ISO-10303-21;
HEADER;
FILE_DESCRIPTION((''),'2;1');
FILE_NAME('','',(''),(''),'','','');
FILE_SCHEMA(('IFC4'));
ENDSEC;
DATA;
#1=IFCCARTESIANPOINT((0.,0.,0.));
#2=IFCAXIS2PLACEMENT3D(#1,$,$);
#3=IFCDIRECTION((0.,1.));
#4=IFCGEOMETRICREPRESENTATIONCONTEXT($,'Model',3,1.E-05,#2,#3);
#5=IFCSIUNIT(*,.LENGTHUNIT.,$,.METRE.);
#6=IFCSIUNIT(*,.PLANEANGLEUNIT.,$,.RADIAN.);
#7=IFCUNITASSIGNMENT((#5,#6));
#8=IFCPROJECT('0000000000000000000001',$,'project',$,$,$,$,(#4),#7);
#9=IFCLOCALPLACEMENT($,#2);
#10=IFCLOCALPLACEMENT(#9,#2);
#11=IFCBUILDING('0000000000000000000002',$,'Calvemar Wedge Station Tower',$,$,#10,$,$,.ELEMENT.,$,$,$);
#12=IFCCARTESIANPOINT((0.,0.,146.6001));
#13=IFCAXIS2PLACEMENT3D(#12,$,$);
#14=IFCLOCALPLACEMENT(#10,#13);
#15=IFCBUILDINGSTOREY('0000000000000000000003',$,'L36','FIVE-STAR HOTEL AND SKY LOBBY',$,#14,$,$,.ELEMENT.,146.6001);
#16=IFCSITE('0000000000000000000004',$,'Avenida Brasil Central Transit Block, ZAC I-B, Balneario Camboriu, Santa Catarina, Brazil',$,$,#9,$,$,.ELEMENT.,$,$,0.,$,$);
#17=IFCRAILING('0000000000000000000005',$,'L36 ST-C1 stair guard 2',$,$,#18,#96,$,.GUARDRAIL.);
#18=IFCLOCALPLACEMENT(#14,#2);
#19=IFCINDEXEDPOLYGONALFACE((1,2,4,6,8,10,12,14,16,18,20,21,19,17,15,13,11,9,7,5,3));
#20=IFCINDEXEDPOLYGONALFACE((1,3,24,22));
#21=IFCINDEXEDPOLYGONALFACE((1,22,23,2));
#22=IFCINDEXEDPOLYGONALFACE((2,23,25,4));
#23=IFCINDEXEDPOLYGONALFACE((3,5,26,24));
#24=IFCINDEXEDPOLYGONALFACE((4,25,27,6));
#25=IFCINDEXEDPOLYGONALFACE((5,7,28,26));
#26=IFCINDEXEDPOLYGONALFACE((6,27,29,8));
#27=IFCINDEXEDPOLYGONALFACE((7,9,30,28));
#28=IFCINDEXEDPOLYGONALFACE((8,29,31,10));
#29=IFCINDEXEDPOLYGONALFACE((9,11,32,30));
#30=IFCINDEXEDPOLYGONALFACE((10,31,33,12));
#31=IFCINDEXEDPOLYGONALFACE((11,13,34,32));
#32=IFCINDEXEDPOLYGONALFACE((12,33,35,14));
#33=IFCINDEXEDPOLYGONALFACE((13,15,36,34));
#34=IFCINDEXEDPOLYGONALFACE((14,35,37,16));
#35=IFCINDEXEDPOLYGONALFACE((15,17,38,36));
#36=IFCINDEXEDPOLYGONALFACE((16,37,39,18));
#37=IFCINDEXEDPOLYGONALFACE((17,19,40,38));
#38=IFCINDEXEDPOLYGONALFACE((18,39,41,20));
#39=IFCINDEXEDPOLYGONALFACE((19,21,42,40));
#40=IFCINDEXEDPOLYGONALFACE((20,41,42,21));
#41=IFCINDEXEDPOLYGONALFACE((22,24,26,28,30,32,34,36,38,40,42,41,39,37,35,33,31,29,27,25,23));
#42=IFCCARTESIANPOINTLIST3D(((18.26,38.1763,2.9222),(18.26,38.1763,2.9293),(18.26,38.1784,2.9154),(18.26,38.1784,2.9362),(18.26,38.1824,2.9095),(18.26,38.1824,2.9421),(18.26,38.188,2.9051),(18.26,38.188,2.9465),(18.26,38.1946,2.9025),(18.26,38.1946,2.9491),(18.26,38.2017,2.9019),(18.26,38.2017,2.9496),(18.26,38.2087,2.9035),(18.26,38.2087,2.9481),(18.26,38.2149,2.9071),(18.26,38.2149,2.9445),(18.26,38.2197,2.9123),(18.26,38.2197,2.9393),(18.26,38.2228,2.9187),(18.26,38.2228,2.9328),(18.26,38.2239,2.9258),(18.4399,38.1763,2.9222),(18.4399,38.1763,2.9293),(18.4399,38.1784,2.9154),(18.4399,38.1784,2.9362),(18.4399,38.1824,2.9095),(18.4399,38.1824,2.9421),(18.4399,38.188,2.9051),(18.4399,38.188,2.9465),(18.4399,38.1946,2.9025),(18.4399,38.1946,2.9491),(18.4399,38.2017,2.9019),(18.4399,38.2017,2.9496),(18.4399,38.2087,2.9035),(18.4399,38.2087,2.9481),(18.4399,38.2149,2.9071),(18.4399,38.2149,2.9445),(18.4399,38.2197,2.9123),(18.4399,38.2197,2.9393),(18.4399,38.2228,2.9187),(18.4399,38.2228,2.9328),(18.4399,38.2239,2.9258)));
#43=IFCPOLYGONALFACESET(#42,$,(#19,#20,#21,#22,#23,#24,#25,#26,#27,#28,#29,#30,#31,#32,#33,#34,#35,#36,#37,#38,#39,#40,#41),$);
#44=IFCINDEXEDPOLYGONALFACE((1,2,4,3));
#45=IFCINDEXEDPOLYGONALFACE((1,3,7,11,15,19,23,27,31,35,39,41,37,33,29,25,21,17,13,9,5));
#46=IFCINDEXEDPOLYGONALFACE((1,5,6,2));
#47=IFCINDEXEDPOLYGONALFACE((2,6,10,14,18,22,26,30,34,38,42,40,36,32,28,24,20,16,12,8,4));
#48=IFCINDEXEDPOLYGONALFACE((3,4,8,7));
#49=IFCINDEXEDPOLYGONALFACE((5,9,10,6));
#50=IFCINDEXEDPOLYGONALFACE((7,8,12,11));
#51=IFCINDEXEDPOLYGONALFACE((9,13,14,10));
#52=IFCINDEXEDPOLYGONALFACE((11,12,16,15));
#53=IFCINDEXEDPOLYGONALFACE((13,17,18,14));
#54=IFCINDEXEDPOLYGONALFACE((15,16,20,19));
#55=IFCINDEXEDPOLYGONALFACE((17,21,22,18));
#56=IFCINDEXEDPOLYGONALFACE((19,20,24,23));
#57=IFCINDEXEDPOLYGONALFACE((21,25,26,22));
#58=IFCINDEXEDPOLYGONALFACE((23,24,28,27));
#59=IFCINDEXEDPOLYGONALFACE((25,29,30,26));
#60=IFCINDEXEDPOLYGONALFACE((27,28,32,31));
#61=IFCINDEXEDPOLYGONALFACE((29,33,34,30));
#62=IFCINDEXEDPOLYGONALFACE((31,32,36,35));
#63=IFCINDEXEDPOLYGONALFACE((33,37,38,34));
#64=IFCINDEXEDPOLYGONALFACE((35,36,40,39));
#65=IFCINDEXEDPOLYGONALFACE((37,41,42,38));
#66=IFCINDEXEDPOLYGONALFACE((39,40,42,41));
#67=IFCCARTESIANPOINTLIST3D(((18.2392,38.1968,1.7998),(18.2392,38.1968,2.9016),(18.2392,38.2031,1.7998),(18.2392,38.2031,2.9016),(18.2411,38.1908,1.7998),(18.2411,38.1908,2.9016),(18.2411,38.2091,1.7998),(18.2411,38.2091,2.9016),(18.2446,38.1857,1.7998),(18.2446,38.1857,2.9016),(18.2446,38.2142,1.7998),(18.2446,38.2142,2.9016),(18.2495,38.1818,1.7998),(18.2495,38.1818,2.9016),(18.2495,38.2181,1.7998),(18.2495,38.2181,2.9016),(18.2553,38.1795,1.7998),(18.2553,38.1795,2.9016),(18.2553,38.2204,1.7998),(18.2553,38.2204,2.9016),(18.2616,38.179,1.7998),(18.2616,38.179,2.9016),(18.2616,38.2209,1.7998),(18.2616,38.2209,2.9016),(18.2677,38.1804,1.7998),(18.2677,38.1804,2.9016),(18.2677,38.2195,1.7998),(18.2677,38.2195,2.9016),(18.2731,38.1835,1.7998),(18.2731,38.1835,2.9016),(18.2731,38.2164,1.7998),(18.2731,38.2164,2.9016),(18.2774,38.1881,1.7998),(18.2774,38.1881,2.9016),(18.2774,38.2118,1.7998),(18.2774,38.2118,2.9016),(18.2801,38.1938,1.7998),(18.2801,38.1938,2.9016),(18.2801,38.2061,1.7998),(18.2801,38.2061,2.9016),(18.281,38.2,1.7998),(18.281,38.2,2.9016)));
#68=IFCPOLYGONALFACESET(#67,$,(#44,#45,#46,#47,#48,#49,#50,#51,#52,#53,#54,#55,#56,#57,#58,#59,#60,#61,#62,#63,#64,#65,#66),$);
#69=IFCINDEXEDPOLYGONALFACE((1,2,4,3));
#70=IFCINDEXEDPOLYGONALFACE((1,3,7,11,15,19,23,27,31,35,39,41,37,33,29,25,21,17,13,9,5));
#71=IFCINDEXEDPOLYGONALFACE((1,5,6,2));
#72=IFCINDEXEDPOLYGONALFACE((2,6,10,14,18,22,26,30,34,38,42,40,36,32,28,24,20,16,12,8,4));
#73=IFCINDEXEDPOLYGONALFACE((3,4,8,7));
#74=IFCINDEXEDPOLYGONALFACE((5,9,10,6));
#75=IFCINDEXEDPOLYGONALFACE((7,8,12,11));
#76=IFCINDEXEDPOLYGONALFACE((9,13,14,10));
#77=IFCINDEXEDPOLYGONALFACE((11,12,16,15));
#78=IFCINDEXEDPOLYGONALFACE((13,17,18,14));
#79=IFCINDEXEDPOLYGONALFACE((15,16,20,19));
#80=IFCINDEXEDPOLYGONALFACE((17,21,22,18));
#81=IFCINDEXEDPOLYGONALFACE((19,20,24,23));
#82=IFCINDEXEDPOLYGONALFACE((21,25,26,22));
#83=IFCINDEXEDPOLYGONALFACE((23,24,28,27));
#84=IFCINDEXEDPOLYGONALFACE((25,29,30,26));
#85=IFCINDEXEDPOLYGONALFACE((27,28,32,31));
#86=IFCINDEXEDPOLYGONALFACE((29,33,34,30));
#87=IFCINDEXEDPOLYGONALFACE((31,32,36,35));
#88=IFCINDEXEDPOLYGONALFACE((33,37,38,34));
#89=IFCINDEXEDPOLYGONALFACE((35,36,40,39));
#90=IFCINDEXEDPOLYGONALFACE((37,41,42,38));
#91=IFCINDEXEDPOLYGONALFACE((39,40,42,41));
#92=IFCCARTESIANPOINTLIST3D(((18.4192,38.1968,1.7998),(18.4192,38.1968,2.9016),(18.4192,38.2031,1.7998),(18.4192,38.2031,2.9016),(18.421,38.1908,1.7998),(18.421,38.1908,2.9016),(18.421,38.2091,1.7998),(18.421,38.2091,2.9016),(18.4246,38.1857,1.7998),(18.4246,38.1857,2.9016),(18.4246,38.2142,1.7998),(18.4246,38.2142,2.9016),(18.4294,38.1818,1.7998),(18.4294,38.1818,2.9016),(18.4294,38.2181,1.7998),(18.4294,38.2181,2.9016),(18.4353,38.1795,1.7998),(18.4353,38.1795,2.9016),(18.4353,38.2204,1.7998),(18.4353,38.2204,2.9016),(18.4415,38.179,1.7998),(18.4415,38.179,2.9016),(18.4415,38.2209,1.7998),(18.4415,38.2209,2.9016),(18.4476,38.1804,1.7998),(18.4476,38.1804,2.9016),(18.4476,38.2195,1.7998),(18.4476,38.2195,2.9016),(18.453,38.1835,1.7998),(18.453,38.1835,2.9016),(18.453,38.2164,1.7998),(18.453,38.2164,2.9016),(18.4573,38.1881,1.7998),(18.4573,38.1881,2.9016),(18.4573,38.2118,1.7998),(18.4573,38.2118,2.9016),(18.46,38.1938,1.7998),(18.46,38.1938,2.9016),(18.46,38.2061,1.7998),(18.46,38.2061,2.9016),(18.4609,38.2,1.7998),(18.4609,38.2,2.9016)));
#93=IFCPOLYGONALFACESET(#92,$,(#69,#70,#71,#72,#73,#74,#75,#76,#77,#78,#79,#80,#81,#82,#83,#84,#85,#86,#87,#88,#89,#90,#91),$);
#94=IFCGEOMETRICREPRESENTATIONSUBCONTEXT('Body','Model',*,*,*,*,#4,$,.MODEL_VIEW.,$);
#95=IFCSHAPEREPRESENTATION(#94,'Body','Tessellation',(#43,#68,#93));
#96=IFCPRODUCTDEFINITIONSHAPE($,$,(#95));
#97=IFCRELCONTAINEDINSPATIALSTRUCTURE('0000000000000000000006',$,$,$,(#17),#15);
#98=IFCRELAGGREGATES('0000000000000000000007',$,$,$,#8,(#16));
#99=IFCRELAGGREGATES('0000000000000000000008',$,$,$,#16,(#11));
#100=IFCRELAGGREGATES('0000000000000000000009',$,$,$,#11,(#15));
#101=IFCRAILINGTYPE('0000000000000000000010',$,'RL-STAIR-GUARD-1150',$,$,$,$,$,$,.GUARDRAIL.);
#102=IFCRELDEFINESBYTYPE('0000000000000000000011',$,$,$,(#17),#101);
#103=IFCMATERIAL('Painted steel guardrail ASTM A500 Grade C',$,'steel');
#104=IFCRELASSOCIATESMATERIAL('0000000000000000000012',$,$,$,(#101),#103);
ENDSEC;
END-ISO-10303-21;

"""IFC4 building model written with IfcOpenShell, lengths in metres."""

from ifc_helpers import new_model, si_unit, direction, frame, origin, origin_2d, place, context, subcontext, project, spatial, circle, extrude, material, type_object, element, save


model = new_model("IFC4")

# Units and contexts
model_context = context("Model", 3, precision=1e-05, world=origin(), true_north=direction((0.0, 1.0)))
body_context = subcontext(model_context, "Body", "Model", "MODEL_VIEW")
ifc_project = project(units=[si_unit("LENGTHUNIT", "METRE"), si_unit("PLANEANGLEUNIT", "RADIAN")], contexts=[model_context])

# Site, building, storey
site_placement = place(None, origin())
site = spatial("IfcSite", under=ifc_project, at=site_placement, Name="Avenida Brasil Central Transit Block, ZAC I-B, Balneario Camboriu, Santa Catarina, Brazil", CompositionType="ELEMENT", RefElevation=0.0)
building_placement = place(site_placement, origin())
building = spatial("IfcBuilding", under=site, at=building_placement, Name="Calvemar Wedge Station Tower", CompositionType="ELEMENT")
storey_placement = place(building_placement, frame((0.0, 0.0, 146.6001)))
storey = spatial("IfcBuildingStorey", under=building, at=storey_placement, Name="L36", Description="FIVE-STAR HOTEL AND SKY LOBBY", CompositionType="ELEMENT", Elevation=146.6001)

# Railing
ifc_material_1 = material(Name="Painted steel guardrail ASTM A500 Grade C", Category="steel")
railing_type_1 = type_object("IfcRailingType", Name="RL-STAIR-GUARD-1150", PredefinedType="GUARDRAIL", material=ifc_material_1)
railing_1_placement = place(storey_placement, frame((18.26, 38.2, 1.7998)))
element("IfcRailing", 1, at=railing_1_placement, inside=storey, type_object=railing_type_1, Name="L36 ST-C1 stair guard 2", PredefinedType="GUARDRAIL", context=body_context, shape_type="SweptSolid", body=[
    extrude(circle(Radius=0.0239, at=origin_2d()), frame((0.0, 0.0, 1.126), z_axis=(1.0, 0.0, 0.0), x_axis=(0.0, 1.0, 0.0)), (0.0, 0.0, 1.0), 0.1799),
    extrude(circle(Radius=0.021, at=origin_2d()), origin(), (0.0, 0.0, 1.0), 1.1018),
    extrude(circle(Radius=0.021, at=origin_2d()), frame((0.1799, 0.0, 0.0)), (0.0, 0.0, 1.0), 1.1018),
])

save(model, "model.ifc")
